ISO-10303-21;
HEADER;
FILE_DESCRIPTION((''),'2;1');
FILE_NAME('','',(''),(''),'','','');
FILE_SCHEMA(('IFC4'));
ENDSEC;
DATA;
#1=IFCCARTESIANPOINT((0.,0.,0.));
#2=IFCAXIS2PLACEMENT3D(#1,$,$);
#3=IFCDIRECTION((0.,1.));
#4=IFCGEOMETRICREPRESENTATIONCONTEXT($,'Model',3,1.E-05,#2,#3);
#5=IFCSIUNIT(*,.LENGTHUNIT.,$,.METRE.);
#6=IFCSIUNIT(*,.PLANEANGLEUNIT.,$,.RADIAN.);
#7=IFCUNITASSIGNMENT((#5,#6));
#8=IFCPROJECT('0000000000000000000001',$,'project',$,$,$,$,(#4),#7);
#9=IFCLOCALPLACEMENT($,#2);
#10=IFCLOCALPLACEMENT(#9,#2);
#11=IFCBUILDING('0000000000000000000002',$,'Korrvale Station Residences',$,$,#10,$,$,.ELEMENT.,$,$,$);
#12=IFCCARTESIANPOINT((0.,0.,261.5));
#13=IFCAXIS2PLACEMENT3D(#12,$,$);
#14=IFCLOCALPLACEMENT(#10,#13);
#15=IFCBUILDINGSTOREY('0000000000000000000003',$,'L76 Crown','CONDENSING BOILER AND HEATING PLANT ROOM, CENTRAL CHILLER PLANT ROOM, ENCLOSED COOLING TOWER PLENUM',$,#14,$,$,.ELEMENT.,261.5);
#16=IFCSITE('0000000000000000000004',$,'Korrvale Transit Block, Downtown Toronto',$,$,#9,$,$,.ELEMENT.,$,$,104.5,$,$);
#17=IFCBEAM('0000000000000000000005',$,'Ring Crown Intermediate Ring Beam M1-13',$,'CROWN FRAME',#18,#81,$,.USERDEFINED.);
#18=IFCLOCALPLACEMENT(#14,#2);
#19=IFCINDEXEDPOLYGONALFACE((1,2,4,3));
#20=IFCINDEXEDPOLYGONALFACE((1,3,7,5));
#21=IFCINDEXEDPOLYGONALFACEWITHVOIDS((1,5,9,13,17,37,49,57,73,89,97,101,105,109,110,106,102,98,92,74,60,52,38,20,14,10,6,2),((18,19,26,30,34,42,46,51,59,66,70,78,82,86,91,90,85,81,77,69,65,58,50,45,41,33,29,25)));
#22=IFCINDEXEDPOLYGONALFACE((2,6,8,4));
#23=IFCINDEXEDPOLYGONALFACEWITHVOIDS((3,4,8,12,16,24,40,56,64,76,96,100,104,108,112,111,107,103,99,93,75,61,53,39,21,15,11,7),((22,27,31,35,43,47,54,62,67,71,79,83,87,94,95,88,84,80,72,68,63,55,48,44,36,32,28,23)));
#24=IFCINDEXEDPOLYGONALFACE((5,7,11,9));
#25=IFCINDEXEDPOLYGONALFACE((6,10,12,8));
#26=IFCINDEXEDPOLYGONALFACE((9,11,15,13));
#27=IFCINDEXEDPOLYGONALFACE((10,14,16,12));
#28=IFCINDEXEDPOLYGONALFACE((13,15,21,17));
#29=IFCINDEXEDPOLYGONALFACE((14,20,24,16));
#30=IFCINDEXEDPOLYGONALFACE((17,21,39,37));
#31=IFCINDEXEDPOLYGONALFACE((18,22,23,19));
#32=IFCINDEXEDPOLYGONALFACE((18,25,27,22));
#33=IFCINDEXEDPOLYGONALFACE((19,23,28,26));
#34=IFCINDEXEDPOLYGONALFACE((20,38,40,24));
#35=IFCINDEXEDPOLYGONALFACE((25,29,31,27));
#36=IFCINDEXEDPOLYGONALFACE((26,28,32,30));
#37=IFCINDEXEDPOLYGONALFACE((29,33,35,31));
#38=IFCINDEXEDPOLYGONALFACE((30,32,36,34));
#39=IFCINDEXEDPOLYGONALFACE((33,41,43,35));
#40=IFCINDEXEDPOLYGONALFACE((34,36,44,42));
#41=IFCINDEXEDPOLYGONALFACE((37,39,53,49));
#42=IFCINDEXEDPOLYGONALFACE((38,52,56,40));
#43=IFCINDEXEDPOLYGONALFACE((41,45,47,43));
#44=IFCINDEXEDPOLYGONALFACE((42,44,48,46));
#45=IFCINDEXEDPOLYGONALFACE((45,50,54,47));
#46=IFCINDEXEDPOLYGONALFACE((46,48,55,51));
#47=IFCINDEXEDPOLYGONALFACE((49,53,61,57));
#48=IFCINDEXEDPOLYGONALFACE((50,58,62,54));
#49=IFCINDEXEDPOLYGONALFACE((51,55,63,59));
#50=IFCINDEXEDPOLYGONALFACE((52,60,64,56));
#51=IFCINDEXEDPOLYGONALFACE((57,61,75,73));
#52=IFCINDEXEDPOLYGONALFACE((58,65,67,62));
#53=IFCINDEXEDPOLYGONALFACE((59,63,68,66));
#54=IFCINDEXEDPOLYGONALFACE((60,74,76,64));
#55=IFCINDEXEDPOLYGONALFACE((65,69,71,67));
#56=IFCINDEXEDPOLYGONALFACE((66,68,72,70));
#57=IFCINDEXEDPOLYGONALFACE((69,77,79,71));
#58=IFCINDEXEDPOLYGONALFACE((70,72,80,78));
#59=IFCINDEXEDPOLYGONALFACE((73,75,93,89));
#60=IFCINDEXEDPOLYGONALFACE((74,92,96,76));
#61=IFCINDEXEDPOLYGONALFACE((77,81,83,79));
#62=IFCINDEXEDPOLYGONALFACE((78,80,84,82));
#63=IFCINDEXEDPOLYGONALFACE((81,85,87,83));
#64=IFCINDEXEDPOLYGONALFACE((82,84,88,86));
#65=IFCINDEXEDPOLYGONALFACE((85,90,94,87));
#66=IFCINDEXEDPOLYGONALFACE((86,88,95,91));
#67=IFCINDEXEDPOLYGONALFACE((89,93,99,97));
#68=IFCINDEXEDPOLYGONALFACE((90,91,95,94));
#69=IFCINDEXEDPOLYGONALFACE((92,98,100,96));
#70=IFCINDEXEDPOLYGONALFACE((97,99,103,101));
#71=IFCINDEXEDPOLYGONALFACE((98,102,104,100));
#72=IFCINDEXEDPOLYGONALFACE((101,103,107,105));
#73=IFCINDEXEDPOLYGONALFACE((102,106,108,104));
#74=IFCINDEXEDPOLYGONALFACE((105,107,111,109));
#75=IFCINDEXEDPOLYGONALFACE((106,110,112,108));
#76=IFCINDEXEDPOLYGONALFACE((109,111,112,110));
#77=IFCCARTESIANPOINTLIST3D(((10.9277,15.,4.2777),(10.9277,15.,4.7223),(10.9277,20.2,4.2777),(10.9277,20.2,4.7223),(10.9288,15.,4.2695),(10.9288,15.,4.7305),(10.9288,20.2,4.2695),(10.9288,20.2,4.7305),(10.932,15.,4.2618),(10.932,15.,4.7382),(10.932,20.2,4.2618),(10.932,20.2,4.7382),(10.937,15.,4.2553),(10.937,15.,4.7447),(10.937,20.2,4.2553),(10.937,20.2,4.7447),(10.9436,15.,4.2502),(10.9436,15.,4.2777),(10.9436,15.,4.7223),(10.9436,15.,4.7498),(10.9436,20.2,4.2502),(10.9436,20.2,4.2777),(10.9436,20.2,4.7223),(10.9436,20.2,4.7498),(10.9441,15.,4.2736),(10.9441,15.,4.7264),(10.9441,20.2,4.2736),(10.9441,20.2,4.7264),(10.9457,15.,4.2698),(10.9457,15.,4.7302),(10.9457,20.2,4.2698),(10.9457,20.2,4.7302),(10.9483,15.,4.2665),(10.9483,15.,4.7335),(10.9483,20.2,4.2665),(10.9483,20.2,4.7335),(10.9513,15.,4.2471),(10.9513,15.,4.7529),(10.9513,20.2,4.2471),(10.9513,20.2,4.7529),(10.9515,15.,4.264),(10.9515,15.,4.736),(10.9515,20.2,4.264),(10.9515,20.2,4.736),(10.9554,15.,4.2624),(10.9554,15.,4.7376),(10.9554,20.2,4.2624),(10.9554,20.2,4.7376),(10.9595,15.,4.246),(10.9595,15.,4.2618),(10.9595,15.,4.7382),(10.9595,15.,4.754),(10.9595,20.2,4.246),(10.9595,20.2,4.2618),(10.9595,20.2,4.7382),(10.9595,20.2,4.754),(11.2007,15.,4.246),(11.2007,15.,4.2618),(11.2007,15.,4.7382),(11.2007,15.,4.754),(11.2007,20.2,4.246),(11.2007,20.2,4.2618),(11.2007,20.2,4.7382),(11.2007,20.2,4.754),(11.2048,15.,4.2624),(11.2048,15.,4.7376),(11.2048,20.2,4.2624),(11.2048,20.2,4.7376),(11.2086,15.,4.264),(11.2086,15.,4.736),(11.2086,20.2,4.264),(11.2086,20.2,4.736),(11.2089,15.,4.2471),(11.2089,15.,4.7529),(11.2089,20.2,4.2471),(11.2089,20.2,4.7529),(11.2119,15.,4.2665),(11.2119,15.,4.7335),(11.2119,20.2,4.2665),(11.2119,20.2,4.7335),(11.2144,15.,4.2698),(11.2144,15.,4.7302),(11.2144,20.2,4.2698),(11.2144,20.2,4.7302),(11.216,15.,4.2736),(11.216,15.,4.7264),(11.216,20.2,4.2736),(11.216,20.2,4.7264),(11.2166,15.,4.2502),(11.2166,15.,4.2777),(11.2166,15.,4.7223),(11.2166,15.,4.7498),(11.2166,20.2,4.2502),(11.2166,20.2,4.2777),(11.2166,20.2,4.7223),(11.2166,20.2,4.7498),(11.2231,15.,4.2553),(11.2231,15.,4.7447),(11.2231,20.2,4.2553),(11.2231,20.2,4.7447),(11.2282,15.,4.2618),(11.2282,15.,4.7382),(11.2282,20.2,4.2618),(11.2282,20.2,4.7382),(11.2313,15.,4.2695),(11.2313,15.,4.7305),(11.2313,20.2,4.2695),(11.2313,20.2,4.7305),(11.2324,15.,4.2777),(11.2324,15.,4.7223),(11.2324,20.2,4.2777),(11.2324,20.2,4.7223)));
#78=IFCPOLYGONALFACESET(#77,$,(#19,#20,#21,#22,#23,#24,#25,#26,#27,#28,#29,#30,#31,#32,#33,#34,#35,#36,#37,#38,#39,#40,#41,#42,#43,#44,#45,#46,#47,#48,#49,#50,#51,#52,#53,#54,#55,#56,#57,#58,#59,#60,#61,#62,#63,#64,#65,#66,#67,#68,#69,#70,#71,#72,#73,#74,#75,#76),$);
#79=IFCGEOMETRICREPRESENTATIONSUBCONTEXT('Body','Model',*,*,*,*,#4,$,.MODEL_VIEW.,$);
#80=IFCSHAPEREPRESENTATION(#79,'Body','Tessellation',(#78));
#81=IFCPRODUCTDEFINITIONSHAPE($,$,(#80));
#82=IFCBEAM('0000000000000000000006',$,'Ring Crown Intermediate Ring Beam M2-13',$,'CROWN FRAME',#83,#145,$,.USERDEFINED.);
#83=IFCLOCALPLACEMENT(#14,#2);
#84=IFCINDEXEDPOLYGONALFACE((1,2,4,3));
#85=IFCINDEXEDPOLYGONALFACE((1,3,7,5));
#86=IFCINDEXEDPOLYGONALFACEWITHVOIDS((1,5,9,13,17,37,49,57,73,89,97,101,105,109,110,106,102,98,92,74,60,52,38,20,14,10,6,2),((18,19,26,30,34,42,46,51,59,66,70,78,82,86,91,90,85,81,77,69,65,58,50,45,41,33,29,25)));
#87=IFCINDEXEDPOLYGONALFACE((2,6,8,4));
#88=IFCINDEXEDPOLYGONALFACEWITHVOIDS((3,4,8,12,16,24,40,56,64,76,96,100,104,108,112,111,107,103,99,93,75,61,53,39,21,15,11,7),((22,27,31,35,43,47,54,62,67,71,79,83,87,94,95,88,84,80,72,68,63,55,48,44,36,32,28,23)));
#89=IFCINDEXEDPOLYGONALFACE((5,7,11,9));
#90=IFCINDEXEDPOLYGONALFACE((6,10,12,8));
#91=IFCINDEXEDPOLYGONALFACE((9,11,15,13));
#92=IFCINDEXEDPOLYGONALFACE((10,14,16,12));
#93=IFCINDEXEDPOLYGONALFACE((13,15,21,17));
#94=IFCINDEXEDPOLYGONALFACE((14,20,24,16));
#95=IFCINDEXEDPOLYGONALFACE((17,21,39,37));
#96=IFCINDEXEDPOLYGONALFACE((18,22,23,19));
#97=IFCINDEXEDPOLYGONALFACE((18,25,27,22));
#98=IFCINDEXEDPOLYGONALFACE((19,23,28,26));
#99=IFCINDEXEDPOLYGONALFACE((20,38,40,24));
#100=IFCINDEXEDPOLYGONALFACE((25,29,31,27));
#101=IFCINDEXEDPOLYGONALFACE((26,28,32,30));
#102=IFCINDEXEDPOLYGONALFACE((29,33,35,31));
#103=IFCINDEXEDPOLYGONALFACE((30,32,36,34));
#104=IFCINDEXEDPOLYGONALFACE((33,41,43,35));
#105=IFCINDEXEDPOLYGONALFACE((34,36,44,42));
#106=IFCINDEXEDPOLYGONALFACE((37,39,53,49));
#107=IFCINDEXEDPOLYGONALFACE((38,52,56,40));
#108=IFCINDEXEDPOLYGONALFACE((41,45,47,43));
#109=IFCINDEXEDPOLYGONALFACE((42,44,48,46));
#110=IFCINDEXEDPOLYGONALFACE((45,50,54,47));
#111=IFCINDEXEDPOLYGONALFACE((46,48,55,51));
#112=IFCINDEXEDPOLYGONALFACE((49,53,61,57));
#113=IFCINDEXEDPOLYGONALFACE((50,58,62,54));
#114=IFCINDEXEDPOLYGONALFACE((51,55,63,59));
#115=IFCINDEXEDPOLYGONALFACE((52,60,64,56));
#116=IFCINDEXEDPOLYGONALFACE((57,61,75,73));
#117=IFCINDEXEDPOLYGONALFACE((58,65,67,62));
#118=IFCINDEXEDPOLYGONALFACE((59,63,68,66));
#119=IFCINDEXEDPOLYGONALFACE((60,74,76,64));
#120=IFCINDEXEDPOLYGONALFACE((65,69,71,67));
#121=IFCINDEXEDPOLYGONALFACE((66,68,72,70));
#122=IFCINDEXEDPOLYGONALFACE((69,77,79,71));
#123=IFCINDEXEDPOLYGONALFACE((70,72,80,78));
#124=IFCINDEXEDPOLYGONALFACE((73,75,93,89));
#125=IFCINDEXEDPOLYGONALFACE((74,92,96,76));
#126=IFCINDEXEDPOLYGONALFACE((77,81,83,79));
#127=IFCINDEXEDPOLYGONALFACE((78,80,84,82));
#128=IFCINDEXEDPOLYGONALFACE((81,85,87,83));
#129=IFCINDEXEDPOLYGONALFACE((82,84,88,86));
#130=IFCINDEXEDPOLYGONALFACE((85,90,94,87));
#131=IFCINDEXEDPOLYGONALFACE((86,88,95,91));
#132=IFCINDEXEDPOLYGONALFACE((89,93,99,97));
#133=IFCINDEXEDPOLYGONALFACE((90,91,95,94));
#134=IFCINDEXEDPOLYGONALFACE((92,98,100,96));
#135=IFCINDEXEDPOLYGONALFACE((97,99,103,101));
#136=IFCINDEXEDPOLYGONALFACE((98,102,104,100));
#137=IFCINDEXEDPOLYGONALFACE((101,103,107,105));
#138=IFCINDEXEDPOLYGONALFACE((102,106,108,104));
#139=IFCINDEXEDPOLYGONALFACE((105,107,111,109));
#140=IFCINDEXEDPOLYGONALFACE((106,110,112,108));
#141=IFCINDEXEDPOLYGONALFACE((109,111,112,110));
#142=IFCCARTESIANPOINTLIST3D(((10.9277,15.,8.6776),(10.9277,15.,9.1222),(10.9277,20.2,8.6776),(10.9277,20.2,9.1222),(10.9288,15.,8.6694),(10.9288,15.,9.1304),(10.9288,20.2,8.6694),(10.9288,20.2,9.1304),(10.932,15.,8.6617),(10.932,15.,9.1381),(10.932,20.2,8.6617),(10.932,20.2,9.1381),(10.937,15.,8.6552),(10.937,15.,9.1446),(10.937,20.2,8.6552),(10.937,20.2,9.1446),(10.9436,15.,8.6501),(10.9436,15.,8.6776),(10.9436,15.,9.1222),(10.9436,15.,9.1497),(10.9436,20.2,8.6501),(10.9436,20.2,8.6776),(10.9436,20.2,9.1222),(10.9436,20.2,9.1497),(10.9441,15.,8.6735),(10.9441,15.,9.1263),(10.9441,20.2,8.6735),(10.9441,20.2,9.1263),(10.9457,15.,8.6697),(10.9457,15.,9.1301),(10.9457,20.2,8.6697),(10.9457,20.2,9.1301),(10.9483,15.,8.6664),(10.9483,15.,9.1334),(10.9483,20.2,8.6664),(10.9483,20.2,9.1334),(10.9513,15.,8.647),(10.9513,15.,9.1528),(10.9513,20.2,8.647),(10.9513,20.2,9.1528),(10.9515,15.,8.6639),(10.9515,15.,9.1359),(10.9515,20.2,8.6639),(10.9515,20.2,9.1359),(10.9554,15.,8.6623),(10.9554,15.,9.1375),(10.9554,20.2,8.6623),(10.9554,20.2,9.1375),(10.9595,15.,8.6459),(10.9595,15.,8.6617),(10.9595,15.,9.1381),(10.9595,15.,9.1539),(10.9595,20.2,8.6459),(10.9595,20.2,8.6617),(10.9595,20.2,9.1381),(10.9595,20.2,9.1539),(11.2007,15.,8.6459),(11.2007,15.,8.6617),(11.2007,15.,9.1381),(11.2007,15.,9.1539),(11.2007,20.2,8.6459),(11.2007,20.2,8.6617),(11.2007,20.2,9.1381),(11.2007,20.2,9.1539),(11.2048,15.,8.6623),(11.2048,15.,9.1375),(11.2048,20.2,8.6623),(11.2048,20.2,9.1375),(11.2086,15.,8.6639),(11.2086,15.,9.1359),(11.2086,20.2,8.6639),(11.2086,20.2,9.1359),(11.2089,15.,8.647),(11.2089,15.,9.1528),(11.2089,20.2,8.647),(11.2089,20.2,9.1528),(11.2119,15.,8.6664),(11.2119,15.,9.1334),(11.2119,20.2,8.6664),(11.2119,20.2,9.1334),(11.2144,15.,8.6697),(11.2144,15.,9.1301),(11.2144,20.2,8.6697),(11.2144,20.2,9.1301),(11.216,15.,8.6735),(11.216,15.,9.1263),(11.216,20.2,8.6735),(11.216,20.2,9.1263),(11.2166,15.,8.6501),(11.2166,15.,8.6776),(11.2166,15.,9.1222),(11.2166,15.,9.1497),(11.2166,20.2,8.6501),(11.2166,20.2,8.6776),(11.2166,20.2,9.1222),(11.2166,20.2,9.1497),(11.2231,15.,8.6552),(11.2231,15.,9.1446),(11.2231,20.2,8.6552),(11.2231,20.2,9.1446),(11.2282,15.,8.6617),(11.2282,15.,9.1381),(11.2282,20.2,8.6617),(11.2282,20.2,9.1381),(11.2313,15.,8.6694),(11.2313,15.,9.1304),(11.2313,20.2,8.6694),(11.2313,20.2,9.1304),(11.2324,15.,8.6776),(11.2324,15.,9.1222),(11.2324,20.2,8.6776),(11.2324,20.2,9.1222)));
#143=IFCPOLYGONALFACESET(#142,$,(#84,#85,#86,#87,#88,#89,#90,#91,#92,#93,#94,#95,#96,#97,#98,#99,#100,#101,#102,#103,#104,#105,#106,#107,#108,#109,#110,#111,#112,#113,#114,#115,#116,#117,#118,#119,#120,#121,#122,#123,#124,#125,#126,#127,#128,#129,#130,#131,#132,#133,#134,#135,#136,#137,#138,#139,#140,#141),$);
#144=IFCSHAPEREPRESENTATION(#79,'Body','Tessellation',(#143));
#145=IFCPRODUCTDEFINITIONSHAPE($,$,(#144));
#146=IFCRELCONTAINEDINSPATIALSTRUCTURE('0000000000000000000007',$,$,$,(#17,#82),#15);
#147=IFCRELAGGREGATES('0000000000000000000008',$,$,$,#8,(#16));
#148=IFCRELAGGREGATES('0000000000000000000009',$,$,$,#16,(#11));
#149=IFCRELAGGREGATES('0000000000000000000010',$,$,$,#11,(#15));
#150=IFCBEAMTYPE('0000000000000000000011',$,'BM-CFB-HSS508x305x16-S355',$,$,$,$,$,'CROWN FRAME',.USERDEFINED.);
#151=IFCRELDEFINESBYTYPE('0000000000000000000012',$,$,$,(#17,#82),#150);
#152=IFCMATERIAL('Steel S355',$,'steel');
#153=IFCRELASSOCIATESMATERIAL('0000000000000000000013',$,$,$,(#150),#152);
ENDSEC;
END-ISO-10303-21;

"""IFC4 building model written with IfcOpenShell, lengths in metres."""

from ifc_helpers import new_model, si_unit, direction, frame, origin, origin_2d, place, context, subcontext, project, spatial, hollow_rectangle, extrude, material, material_profile, profile_set, type_object, element, save


model = new_model("IFC4")

# Units and contexts
model_context = context("Model", 3, precision=1e-05, world=origin(), true_north=direction((0.0, 1.0)))
body_context = subcontext(model_context, "Body", "Model", "MODEL_VIEW")
ifc_project = project(units=[si_unit("LENGTHUNIT", "METRE"), si_unit("PLANEANGLEUNIT", "RADIAN")], contexts=[model_context])

# Site, building, storey
site_placement = place(None, origin())
site = spatial("IfcSite", under=ifc_project, at=site_placement, Name="Korrvale Transit Block, Downtown Toronto", CompositionType="ELEMENT", RefElevation=104.5)
building_placement = place(site_placement, origin())
building = spatial("IfcBuilding", under=site, at=building_placement, Name="Korrvale Station Residences", CompositionType="ELEMENT")
storey_placement = place(building_placement, frame((0.0, 0.0, 261.5)))
storey = spatial("IfcBuildingStorey", under=building, at=storey_placement, Name="L76 Crown", Description="CONDENSING BOILER AND HEATING PLANT ROOM, CENTRAL CHILLER PLANT ROOM, ENCLOSED COOLING TOWER PLENUM", CompositionType="ELEMENT", Elevation=261.5)

# Shared definitions
ifc_material_1 = material(Name="Steel S355", Category="steel")

# Beams
ifc_material_profile_1 = material_profile(ifc_material_1, hollow_rectangle(XDim=0.3047, YDim=0.5081, WallThickness=0.0159, InnerFilletRadius=0.0159, OuterFilletRadius=0.0317, at=origin_2d()), Name="HSS508x305x16")
ifc_profile_set_1 = profile_set([ifc_material_profile_1], Name="Steel S355")
beam_type_1 = type_object("IfcBeamType", Name="BM-CFB-HSS508x305x16-S355", ElementType="CROWN FRAME", PredefinedType="USERDEFINED", material=ifc_profile_set_1)
for number, where, z_axis, x_axis, name in (
    (1, (11.0801, 15.0, 4.5), (0.0, 1.0, 0.0), (-1.0, 0.0, 0.0), "Ring Crown Intermediate Ring Beam M1-13"),
    (2, (11.0801, 15.0, 8.8999), (0.0, 1.0, 0.0), (-1.0, 0.0, 0.0), "Ring Crown Intermediate Ring Beam M2-13"),
):
    element("IfcBeam", number, at=place(storey_placement, frame(where, z_axis=z_axis, x_axis=x_axis)), inside=storey, type_object=beam_type_1, Name=name, ObjectType="CROWN FRAME", PredefinedType="USERDEFINED", context=body_context, shape_type="SweptSolid", body=[
        extrude(hollow_rectangle(XDim=0.3047, YDim=0.5081, WallThickness=0.0159, InnerFilletRadius=0.0159, OuterFilletRadius=0.0317, at=origin_2d()), origin(), (0.0, 0.0, 1.0), 5.2),
    ])

save(model, "model.ifc")
